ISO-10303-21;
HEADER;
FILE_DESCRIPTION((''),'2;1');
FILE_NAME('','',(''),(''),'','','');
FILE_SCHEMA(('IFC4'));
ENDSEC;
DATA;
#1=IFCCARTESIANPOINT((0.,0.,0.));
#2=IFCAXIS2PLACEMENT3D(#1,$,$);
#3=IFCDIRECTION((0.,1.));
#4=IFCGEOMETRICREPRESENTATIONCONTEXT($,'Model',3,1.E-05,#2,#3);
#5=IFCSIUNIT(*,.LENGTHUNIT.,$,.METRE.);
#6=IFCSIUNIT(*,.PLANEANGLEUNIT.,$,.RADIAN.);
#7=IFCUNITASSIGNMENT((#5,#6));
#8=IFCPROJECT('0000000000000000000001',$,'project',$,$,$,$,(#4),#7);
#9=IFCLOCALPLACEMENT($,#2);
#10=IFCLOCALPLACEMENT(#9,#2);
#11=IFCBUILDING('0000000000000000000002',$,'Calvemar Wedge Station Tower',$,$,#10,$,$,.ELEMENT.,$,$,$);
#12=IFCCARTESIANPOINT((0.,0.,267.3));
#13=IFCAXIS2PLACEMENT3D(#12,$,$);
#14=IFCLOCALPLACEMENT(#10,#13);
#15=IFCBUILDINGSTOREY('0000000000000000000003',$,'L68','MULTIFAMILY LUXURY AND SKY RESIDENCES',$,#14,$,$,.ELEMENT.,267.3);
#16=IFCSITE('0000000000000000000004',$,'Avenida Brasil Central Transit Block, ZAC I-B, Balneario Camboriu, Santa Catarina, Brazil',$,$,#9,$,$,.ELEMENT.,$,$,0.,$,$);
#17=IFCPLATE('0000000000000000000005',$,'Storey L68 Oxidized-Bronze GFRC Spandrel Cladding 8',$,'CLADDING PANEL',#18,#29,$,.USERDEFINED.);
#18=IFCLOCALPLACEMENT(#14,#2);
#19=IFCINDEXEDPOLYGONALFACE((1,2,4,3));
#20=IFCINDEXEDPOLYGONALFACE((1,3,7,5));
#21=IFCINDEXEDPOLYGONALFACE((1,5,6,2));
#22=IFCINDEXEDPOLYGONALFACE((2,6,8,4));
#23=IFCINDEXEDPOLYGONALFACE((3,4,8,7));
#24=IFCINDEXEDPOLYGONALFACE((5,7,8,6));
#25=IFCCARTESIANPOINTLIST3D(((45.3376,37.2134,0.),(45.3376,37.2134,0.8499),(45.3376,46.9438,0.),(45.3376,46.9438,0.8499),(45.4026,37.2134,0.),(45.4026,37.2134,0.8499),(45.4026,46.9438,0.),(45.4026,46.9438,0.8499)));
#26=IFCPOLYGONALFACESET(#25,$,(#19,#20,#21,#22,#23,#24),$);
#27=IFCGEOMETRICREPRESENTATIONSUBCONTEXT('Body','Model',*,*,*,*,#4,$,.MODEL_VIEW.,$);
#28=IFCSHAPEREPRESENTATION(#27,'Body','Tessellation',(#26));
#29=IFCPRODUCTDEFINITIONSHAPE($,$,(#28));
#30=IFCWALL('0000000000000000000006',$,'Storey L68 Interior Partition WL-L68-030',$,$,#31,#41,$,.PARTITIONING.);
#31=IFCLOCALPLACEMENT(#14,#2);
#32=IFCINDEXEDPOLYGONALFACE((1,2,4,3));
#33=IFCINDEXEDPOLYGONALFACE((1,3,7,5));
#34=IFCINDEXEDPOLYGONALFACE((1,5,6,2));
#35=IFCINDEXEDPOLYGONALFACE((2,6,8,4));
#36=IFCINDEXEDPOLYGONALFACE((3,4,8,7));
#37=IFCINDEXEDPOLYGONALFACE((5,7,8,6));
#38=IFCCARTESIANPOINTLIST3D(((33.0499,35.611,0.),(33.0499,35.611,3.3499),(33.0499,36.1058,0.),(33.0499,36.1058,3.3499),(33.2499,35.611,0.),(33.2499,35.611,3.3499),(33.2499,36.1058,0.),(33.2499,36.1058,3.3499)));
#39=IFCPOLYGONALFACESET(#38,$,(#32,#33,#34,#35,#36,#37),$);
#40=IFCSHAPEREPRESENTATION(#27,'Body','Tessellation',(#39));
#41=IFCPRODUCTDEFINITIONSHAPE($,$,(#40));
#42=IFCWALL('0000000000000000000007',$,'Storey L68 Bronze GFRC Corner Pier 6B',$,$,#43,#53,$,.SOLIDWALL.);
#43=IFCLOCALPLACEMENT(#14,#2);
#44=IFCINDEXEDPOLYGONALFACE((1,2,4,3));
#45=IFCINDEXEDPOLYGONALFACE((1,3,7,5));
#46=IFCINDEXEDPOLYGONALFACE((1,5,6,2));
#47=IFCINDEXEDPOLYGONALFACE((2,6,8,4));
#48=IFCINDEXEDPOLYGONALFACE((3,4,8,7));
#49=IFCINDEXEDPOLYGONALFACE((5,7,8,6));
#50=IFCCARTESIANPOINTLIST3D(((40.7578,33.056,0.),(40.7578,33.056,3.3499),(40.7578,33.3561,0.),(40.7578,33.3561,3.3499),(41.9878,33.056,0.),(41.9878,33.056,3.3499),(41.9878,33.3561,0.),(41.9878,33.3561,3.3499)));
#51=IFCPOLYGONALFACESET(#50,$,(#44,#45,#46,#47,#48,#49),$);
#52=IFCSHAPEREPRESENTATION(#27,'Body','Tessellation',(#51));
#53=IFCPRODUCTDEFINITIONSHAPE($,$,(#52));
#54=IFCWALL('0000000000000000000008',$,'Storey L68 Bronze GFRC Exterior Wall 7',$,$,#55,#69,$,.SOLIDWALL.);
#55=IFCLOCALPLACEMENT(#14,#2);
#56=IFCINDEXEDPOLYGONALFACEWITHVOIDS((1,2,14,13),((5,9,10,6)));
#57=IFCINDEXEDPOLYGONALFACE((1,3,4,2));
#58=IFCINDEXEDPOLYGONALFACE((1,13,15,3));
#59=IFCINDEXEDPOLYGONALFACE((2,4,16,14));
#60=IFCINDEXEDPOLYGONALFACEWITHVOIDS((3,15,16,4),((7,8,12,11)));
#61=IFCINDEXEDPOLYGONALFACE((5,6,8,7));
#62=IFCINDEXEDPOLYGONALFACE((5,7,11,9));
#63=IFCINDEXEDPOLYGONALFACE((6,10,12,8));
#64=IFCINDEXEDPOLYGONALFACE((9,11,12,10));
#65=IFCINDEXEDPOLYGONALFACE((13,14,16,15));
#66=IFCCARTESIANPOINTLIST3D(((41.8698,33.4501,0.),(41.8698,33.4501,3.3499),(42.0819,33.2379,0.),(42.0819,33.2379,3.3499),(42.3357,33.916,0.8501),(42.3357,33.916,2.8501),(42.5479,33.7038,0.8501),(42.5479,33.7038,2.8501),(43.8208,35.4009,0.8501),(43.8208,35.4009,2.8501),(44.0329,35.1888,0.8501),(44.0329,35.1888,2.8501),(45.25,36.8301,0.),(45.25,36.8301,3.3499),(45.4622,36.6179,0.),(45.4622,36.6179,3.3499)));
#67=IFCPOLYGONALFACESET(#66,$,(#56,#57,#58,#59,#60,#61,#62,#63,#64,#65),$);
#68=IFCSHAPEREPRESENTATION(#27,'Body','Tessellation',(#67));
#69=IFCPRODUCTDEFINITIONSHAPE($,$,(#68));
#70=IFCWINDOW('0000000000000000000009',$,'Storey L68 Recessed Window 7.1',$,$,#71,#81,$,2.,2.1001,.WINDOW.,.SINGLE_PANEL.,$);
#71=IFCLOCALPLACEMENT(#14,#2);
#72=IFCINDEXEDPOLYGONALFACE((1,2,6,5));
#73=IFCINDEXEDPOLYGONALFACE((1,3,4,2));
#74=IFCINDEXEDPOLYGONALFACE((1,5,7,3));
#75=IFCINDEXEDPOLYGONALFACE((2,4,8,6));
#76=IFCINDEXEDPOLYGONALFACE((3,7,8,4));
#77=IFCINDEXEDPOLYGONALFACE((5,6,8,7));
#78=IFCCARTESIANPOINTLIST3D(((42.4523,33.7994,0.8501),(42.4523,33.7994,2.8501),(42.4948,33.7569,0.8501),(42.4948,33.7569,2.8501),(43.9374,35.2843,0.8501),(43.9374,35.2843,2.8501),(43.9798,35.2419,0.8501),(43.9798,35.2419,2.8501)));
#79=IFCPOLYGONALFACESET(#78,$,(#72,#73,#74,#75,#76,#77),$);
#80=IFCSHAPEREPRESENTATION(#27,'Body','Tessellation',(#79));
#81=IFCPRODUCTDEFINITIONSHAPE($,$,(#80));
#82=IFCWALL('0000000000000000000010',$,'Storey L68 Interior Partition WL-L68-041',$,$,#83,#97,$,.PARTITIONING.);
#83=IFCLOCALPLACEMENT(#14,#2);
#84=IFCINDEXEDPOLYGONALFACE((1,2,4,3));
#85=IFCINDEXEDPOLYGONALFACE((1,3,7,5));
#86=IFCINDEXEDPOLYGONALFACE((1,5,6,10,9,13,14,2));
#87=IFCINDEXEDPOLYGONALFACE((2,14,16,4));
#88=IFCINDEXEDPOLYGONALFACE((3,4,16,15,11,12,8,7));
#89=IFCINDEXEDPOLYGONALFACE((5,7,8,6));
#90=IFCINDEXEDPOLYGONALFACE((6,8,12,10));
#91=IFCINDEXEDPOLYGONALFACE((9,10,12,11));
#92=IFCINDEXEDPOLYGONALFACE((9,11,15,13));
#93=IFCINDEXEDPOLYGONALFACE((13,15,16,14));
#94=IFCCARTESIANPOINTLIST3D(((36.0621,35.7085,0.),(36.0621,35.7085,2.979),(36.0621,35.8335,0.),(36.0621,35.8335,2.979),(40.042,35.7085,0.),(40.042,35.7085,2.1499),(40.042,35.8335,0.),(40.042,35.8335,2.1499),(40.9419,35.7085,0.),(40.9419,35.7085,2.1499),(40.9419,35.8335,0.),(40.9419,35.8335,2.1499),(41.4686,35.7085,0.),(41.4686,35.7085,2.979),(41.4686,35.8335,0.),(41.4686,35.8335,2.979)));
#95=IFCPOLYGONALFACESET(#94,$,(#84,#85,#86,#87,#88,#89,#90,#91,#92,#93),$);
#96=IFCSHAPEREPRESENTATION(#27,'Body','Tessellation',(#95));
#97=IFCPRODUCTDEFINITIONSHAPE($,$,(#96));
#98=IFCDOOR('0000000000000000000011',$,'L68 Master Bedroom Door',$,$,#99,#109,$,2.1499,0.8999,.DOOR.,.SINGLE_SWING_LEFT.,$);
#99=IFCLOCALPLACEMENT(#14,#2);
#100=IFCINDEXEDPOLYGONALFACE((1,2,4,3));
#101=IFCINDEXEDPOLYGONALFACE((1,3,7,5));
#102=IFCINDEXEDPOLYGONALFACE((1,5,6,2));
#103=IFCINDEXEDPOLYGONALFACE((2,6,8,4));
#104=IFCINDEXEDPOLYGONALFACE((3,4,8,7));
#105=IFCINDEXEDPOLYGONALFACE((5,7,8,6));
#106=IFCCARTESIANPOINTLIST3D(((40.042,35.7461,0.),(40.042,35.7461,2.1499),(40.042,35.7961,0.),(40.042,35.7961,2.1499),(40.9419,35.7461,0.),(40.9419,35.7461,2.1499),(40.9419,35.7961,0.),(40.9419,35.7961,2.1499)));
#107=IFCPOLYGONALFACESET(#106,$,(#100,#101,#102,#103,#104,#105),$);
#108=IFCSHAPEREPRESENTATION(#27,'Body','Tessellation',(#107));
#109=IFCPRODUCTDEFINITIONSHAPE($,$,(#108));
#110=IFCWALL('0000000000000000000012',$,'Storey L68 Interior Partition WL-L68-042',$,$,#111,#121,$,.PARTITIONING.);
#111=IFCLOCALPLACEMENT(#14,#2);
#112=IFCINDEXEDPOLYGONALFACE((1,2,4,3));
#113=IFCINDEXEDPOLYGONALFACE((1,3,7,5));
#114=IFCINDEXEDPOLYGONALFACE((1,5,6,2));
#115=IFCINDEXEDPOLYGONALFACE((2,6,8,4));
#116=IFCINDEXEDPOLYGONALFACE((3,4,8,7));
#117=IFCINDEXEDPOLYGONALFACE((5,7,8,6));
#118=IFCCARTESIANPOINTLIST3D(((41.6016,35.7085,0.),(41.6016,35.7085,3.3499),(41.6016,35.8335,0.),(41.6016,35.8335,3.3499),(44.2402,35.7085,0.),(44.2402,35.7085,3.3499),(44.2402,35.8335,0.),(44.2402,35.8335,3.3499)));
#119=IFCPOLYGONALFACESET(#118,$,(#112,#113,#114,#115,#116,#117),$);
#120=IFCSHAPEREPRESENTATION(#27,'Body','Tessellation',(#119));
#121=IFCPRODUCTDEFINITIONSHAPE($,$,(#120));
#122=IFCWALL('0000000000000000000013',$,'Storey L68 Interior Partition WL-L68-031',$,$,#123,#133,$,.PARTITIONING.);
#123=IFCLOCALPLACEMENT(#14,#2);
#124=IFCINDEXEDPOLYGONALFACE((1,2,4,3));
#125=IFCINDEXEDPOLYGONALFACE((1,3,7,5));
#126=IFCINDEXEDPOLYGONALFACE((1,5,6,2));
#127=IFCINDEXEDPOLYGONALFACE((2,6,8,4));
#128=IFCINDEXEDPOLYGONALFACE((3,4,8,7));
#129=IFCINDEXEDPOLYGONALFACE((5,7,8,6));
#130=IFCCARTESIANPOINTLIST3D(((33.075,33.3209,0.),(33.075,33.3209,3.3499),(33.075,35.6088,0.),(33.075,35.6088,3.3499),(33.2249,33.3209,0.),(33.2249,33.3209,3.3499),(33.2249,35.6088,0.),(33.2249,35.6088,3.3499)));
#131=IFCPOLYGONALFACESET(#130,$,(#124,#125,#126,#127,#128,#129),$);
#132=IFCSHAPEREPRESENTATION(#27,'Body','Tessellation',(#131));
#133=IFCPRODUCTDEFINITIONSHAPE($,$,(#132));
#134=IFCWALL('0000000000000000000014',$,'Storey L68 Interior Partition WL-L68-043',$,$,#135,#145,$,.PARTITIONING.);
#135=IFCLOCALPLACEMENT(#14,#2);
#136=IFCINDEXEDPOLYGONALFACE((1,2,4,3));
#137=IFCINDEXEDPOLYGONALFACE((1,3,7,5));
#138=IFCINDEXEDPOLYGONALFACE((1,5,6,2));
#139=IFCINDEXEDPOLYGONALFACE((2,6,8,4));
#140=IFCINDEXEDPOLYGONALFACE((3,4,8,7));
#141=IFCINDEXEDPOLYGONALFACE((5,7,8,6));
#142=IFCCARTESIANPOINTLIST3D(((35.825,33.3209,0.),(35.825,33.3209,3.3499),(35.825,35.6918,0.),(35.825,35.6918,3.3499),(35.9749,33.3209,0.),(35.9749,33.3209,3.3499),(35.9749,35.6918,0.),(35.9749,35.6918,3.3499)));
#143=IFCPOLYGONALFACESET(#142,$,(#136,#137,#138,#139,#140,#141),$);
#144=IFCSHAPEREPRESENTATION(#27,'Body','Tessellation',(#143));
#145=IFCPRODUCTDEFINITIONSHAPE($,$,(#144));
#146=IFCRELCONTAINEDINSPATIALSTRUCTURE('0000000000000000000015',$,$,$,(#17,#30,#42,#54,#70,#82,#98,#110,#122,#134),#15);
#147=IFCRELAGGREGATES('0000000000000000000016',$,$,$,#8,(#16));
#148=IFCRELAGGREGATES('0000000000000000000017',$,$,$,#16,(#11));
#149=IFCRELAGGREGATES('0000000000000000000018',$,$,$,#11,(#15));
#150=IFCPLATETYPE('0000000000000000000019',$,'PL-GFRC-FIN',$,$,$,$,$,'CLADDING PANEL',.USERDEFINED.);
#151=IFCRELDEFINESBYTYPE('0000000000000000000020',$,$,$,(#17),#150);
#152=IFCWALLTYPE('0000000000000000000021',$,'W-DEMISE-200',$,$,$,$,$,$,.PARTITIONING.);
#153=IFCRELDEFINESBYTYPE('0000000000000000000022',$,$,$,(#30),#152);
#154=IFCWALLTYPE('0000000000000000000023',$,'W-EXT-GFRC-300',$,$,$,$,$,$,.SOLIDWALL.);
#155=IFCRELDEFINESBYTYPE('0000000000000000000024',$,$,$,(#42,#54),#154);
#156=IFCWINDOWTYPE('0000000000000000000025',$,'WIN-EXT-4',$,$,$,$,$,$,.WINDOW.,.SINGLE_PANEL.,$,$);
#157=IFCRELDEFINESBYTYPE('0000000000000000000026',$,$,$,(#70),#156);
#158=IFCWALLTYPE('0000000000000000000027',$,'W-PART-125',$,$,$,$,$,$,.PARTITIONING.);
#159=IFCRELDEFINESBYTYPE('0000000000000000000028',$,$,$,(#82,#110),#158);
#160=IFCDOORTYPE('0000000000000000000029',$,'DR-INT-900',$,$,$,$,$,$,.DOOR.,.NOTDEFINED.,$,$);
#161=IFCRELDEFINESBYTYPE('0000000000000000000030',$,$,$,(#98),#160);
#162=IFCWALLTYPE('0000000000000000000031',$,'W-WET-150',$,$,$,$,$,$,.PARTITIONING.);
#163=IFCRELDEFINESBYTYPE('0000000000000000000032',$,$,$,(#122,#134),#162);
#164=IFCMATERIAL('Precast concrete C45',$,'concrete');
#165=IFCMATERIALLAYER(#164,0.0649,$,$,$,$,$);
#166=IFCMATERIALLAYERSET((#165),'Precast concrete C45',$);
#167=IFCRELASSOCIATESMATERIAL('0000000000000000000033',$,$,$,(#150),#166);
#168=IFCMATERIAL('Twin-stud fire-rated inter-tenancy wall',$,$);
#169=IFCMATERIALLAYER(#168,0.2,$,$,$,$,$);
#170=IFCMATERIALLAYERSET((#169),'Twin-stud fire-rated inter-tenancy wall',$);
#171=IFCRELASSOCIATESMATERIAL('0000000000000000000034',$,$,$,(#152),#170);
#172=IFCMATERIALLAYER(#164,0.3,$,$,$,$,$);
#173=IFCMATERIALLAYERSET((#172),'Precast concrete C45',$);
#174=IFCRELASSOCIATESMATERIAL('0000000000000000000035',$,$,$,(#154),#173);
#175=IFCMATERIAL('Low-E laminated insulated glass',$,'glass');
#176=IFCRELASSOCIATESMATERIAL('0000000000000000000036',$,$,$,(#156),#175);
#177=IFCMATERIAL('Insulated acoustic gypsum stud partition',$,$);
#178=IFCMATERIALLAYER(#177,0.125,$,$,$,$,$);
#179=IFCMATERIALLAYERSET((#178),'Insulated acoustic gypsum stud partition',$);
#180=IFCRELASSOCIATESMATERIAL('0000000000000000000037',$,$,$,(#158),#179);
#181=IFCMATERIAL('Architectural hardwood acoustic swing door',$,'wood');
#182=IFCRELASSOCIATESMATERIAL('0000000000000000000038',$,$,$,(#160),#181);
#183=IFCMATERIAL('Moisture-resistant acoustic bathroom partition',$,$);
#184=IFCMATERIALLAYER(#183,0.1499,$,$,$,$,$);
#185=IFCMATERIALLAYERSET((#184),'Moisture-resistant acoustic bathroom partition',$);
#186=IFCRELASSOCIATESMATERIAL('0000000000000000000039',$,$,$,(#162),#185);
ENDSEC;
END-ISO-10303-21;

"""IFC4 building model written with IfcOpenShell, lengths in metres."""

from ifc_helpers import new_model, si_unit, direction, frame, frame_2d, origin, place, context, subcontext, project, spatial, rectangle, extrude, source, transform, mapped, material, layer, layer_set, type_object, element, fill, save


model = new_model("IFC4")

# Units and contexts
model_context = context("Model", 3, precision=1e-05, world=origin(), true_north=direction((0.0, 1.0)))
body_context = subcontext(model_context, "Body", "Model", "MODEL_VIEW")
ifc_project = project(units=[si_unit("LENGTHUNIT", "METRE"), si_unit("PLANEANGLEUNIT", "RADIAN")], contexts=[model_context])

# Site, building, storey
site_placement = place(None, origin())
site = spatial("IfcSite", under=ifc_project, at=site_placement, Name="Avenida Brasil Central Transit Block, ZAC I-B, Balneario Camboriu, Santa Catarina, Brazil", CompositionType="ELEMENT", RefElevation=0.0)
building_placement = place(site_placement, origin())
building = spatial("IfcBuilding", under=site, at=building_placement, Name="Calvemar Wedge Station Tower", CompositionType="ELEMENT")
storey_placement = place(building_placement, frame((0.0, 0.0, 267.3)))
storey = spatial("IfcBuildingStorey", under=building, at=storey_placement, Name="L68", Description="MULTIFAMILY LUXURY AND SKY RESIDENCES", CompositionType="ELEMENT", Elevation=267.3)

# Shared definitions
ifc_material_1 = material(Name="Low-E laminated insulated glass", Category="glass")

# Plate
ifc_material_2 = material(Name="Precast concrete C45", Category="concrete")
ifc_layer_1 = layer(ifc_material_2, 0.0649)
ifc_layer_set_1 = layer_set([ifc_layer_1], Name="Precast concrete C45")
plate_type_1 = type_object("IfcPlateType", Name="PL-GFRC-FIN", ElementType="CLADDING PANEL", PredefinedType="USERDEFINED", material=ifc_layer_set_1)
plate_1_placement = place(storey_placement, frame((45.3701, 37.2134, 0.0), z_axis=(0.0, 0.0, 1.0), x_axis=(0.0, 1.0, 0.0)))
element("IfcPlate", 1, at=plate_1_placement, inside=storey, type_object=plate_type_1, Name="Storey L68 Oxidized-Bronze GFRC Spandrel Cladding 8", ObjectType="CLADDING PANEL", PredefinedType="USERDEFINED", context=body_context, shape_type="SweptSolid", body=[
    extrude(rectangle(XDim=9.7305, YDim=0.0649, at=frame_2d((4.8652, 0.0))), origin(), (0.0, 0.0, 1.0), 0.8499),
])

# Walls
ifc_material_3 = material(Name="Twin-stud fire-rated inter-tenancy wall")
ifc_layer_2 = layer(ifc_material_3, 0.2)
ifc_layer_set_2 = layer_set([ifc_layer_2], Name="Twin-stud fire-rated inter-tenancy wall")
wall_type_1 = type_object("IfcWallType", Name="W-DEMISE-200", PredefinedType="PARTITIONING", material=ifc_layer_set_2)
wall_1_placement = place(storey_placement, frame((33.1499, 36.106, 0.0), z_axis=(0.0, 0.0, 1.0), x_axis=(0.0, -1.0, 0.0)))
element("IfcWall", 2, at=wall_1_placement, inside=storey, type_object=wall_type_1, Name="Storey L68 Interior Partition WL-L68-030", PredefinedType="PARTITIONING", context=body_context, shape_type="SweptSolid", body=[
    extrude(rectangle(XDim=0.4949, YDim=0.2, at=frame_2d((0.2476, 0.0))), origin(), (0.0, 0.0, 1.0), 3.3499),
])
ifc_layer_3 = layer(ifc_material_2, 0.3)
ifc_layer_set_3 = layer_set([ifc_layer_3], Name="Precast concrete C45")
wall_type_2 = type_object("IfcWallType", Name="W-EXT-GFRC-300", PredefinedType="SOLIDWALL", material=ifc_layer_set_3)
wall_2_placement = place(storey_placement, frame((40.7578, 33.2061, 0.0), z_axis=(0.0, 0.0, 1.0), x_axis=(1.0, 0.0, 0.0)))
element("IfcWall", 3, at=wall_2_placement, inside=storey, type_object=wall_type_2, Name="Storey L68 Bronze GFRC Corner Pier 6B", PredefinedType="SOLIDWALL", context=body_context, shape_type="SweptSolid", body=[
    extrude(rectangle(XDim=1.23, YDim=0.3, at=frame_2d((0.615, 0.0))), origin(), (0.0, 0.0, 1.0), 3.3499),
])

# Wall, opening, window
wall_3_placement = place(storey_placement, frame((41.9758, 33.344, 0.0), z_axis=(0.0, 0.0, 1.0), x_axis=(0.707132, 0.707081, 0.0)))
wall_3 = element("IfcWall", 4, at=wall_3_placement, inside=storey, type_object=wall_type_2, Name="Storey L68 Bronze GFRC Exterior Wall 7", PredefinedType="SOLIDWALL", context=body_context, shape_type="SweptSolid", body=[
    extrude(rectangle(XDim=4.7803, YDim=0.3, at=frame_2d((2.3901, 0.0))), origin(), (0.0, 0.0, 1.0), 3.3499),
])
shared_shape_1 = source(origin(), body_context, "Body", "SweptSolid", [
    extrude(rectangle(XDim=2.1001, YDim=2.0, at=frame_2d((1.05, 1.0))), frame((0.0, 0.1602, 0.0), z_axis=(0.0, -1.0, 0.0), x_axis=(1.0, 0.0, 0.0)), (0.0, 0.0, 1.0), 0.3201),
])
opening_1_placement = place(wall_3_placement, frame((0.6589, 0.0, 0.8501)))
opening_1 = element("IfcOpeningElement", 5, at=opening_1_placement, cuts=wall_3, PredefinedType="OPENING", context=body_context, shape_type="MappedRepresentation", body=[
    mapped(shared_shape_1, transform((0.0, 0.0, 0.0), scale=1.0)),
])
window_type_1 = type_object("IfcWindowType", Name="WIN-EXT-4", PartitioningType="SINGLE_PANEL", PredefinedType="WINDOW", material=ifc_material_1)
shared_shape_2 = source(origin(), body_context, "Body", "SweptSolid", [
    extrude(rectangle(XDim=2.1001, YDim=2.0, at=frame_2d((1.05, 1.0))), frame((0.0, -0.0149, 0.0), z_axis=(0.0, -1.0, 0.0), x_axis=(1.0, 0.0, 0.0)), (0.0, 0.0, 1.0), 0.0601),
])
window_1_placement = place(opening_1_placement, origin())
window_1 = element("IfcWindow", 6, at=window_1_placement, inside=storey, type_object=window_type_1, Name="Storey L68 Recessed Window 7.1", OverallHeight=2.0, OverallWidth=2.1001, PartitioningType="SINGLE_PANEL", PredefinedType="WINDOW", context=body_context, shape_type="MappedRepresentation", body=[
    mapped(shared_shape_2, transform((0.0, 0.0, 0.0), scale=1.0)),
])
fill(opening_1, window_1)

# Wall, opening, door
ifc_material_4 = material(Name="Insulated acoustic gypsum stud partition")
ifc_layer_4 = layer(ifc_material_4, 0.125)
ifc_layer_set_4 = layer_set([ifc_layer_4], Name="Insulated acoustic gypsum stud partition")
wall_type_3 = type_object("IfcWallType", Name="W-PART-125", PredefinedType="PARTITIONING", material=ifc_layer_set_4)
wall_4_placement = place(storey_placement, frame((41.4685, 35.771, 0.0), z_axis=(0.0, 0.0, 1.0), x_axis=(-1.0, 0.0, 0.0)))
wall_4 = element("IfcWall", 7, at=wall_4_placement, inside=storey, type_object=wall_type_3, Name="Storey L68 Interior Partition WL-L68-041", PredefinedType="PARTITIONING", context=body_context, shape_type="SweptSolid", body=[
    extrude(rectangle(XDim=5.4065, YDim=0.125, at=frame_2d((2.7031, 0.0))), origin(), (0.0, 0.0, 1.0), 2.979),
])
shared_shape_3 = source(origin(), body_context, "Body", "SweptSolid", [
    extrude(rectangle(XDim=0.8999, YDim=2.1499, at=frame_2d((0.45, 1.075))), frame((0.0, 0.0725, 0.0), z_axis=(0.0, -1.0, 0.0), x_axis=(1.0, 0.0, 0.0)), (0.0, 0.0, 1.0), 0.145),
])
opening_2_placement = place(wall_4_placement, frame((0.5266, 0.0, 0.0)))
opening_2 = element("IfcOpeningElement", 8, at=opening_2_placement, cuts=wall_4, PredefinedType="OPENING", context=body_context, shape_type="MappedRepresentation", body=[
    mapped(shared_shape_3, transform((0.0, 0.0, 0.0), scale=1.0)),
])
ifc_material_5 = material(Name="Architectural hardwood acoustic swing door", Category="wood")
door_type_1 = type_object("IfcDoorType", Name="DR-INT-900", OperationType="NOTDEFINED", PredefinedType="DOOR", material=ifc_material_5)
shared_shape_4 = source(origin(), body_context, "Body", "SweptSolid", [
    extrude(rectangle(XDim=0.8999, YDim=2.1499, at=frame_2d((0.45, 1.075))), frame((0.0, 0.0249, 0.0), z_axis=(0.0, -1.0, 0.0), x_axis=(1.0, 0.0, 0.0)), (0.0, 0.0, 1.0), 0.05),
])
door_1_placement = place(opening_2_placement, origin())
door_1 = element("IfcDoor", 9, at=door_1_placement, inside=storey, type_object=door_type_1, Name="L68 Master Bedroom Door", OperationType="SINGLE_SWING_LEFT", OverallHeight=2.1499, OverallWidth=0.8999, PredefinedType="DOOR", context=body_context, shape_type="MappedRepresentation", body=[
    mapped(shared_shape_4, transform((0.0, 0.0, 0.0), scale=1.0)),
])
fill(opening_2, door_1)

# Walls
wall_5_placement = place(storey_placement, frame((44.2402, 35.771, 0.0), z_axis=(0.0, 0.0, 1.0), x_axis=(-1.0, 0.0, 0.0)))
element("IfcWall", 10, at=wall_5_placement, inside=storey, type_object=wall_type_3, Name="Storey L68 Interior Partition WL-L68-042", PredefinedType="PARTITIONING", context=body_context, shape_type="SweptSolid", body=[
    extrude(rectangle(XDim=2.6387, YDim=0.125, at=frame_2d((1.3193, 0.0))), origin(), (0.0, 0.0, 1.0), 3.3499),
])
ifc_material_6 = material(Name="Moisture-resistant acoustic bathroom partition")
ifc_layer_5 = layer(ifc_material_6, 0.1499)
ifc_layer_set_5 = layer_set([ifc_layer_5], Name="Moisture-resistant acoustic bathroom partition")
wall_type_4 = type_object("IfcWallType", Name="W-WET-150", PredefinedType="PARTITIONING", material=ifc_layer_set_5)
wall_6_placement = place(storey_placement, frame((33.1499, 35.6089, 0.0), z_axis=(0.0, 0.0, 1.0), x_axis=(0.0, -1.0, 0.0)))
element("IfcWall", 11, at=wall_6_placement, inside=storey, type_object=wall_type_4, Name="Storey L68 Interior Partition WL-L68-031", PredefinedType="PARTITIONING", context=body_context, shape_type="SweptSolid", body=[
    extrude(rectangle(XDim=2.2878, YDim=0.1499, at=frame_2d((1.144, 0.0))), origin(), (0.0, 0.0, 1.0), 3.3499),
])

# Wall
wall_7_placement = place(storey_placement, frame((35.8999, 35.6919, 0.0), z_axis=(0.0, 0.0, 1.0), x_axis=(0.0, -1.0, 0.0)))
element("IfcWall", 12, at=wall_7_placement, inside=storey, type_object=wall_type_4, Name="Storey L68 Interior Partition WL-L68-043", PredefinedType="PARTITIONING", context=body_context, shape_type="SweptSolid", body=[
    extrude(rectangle(XDim=2.3708, YDim=0.1499, at=frame_2d((1.1855, 0.0))), origin(), (0.0, 0.0, 1.0), 3.3499),
])

save(model, "model.ifc")
